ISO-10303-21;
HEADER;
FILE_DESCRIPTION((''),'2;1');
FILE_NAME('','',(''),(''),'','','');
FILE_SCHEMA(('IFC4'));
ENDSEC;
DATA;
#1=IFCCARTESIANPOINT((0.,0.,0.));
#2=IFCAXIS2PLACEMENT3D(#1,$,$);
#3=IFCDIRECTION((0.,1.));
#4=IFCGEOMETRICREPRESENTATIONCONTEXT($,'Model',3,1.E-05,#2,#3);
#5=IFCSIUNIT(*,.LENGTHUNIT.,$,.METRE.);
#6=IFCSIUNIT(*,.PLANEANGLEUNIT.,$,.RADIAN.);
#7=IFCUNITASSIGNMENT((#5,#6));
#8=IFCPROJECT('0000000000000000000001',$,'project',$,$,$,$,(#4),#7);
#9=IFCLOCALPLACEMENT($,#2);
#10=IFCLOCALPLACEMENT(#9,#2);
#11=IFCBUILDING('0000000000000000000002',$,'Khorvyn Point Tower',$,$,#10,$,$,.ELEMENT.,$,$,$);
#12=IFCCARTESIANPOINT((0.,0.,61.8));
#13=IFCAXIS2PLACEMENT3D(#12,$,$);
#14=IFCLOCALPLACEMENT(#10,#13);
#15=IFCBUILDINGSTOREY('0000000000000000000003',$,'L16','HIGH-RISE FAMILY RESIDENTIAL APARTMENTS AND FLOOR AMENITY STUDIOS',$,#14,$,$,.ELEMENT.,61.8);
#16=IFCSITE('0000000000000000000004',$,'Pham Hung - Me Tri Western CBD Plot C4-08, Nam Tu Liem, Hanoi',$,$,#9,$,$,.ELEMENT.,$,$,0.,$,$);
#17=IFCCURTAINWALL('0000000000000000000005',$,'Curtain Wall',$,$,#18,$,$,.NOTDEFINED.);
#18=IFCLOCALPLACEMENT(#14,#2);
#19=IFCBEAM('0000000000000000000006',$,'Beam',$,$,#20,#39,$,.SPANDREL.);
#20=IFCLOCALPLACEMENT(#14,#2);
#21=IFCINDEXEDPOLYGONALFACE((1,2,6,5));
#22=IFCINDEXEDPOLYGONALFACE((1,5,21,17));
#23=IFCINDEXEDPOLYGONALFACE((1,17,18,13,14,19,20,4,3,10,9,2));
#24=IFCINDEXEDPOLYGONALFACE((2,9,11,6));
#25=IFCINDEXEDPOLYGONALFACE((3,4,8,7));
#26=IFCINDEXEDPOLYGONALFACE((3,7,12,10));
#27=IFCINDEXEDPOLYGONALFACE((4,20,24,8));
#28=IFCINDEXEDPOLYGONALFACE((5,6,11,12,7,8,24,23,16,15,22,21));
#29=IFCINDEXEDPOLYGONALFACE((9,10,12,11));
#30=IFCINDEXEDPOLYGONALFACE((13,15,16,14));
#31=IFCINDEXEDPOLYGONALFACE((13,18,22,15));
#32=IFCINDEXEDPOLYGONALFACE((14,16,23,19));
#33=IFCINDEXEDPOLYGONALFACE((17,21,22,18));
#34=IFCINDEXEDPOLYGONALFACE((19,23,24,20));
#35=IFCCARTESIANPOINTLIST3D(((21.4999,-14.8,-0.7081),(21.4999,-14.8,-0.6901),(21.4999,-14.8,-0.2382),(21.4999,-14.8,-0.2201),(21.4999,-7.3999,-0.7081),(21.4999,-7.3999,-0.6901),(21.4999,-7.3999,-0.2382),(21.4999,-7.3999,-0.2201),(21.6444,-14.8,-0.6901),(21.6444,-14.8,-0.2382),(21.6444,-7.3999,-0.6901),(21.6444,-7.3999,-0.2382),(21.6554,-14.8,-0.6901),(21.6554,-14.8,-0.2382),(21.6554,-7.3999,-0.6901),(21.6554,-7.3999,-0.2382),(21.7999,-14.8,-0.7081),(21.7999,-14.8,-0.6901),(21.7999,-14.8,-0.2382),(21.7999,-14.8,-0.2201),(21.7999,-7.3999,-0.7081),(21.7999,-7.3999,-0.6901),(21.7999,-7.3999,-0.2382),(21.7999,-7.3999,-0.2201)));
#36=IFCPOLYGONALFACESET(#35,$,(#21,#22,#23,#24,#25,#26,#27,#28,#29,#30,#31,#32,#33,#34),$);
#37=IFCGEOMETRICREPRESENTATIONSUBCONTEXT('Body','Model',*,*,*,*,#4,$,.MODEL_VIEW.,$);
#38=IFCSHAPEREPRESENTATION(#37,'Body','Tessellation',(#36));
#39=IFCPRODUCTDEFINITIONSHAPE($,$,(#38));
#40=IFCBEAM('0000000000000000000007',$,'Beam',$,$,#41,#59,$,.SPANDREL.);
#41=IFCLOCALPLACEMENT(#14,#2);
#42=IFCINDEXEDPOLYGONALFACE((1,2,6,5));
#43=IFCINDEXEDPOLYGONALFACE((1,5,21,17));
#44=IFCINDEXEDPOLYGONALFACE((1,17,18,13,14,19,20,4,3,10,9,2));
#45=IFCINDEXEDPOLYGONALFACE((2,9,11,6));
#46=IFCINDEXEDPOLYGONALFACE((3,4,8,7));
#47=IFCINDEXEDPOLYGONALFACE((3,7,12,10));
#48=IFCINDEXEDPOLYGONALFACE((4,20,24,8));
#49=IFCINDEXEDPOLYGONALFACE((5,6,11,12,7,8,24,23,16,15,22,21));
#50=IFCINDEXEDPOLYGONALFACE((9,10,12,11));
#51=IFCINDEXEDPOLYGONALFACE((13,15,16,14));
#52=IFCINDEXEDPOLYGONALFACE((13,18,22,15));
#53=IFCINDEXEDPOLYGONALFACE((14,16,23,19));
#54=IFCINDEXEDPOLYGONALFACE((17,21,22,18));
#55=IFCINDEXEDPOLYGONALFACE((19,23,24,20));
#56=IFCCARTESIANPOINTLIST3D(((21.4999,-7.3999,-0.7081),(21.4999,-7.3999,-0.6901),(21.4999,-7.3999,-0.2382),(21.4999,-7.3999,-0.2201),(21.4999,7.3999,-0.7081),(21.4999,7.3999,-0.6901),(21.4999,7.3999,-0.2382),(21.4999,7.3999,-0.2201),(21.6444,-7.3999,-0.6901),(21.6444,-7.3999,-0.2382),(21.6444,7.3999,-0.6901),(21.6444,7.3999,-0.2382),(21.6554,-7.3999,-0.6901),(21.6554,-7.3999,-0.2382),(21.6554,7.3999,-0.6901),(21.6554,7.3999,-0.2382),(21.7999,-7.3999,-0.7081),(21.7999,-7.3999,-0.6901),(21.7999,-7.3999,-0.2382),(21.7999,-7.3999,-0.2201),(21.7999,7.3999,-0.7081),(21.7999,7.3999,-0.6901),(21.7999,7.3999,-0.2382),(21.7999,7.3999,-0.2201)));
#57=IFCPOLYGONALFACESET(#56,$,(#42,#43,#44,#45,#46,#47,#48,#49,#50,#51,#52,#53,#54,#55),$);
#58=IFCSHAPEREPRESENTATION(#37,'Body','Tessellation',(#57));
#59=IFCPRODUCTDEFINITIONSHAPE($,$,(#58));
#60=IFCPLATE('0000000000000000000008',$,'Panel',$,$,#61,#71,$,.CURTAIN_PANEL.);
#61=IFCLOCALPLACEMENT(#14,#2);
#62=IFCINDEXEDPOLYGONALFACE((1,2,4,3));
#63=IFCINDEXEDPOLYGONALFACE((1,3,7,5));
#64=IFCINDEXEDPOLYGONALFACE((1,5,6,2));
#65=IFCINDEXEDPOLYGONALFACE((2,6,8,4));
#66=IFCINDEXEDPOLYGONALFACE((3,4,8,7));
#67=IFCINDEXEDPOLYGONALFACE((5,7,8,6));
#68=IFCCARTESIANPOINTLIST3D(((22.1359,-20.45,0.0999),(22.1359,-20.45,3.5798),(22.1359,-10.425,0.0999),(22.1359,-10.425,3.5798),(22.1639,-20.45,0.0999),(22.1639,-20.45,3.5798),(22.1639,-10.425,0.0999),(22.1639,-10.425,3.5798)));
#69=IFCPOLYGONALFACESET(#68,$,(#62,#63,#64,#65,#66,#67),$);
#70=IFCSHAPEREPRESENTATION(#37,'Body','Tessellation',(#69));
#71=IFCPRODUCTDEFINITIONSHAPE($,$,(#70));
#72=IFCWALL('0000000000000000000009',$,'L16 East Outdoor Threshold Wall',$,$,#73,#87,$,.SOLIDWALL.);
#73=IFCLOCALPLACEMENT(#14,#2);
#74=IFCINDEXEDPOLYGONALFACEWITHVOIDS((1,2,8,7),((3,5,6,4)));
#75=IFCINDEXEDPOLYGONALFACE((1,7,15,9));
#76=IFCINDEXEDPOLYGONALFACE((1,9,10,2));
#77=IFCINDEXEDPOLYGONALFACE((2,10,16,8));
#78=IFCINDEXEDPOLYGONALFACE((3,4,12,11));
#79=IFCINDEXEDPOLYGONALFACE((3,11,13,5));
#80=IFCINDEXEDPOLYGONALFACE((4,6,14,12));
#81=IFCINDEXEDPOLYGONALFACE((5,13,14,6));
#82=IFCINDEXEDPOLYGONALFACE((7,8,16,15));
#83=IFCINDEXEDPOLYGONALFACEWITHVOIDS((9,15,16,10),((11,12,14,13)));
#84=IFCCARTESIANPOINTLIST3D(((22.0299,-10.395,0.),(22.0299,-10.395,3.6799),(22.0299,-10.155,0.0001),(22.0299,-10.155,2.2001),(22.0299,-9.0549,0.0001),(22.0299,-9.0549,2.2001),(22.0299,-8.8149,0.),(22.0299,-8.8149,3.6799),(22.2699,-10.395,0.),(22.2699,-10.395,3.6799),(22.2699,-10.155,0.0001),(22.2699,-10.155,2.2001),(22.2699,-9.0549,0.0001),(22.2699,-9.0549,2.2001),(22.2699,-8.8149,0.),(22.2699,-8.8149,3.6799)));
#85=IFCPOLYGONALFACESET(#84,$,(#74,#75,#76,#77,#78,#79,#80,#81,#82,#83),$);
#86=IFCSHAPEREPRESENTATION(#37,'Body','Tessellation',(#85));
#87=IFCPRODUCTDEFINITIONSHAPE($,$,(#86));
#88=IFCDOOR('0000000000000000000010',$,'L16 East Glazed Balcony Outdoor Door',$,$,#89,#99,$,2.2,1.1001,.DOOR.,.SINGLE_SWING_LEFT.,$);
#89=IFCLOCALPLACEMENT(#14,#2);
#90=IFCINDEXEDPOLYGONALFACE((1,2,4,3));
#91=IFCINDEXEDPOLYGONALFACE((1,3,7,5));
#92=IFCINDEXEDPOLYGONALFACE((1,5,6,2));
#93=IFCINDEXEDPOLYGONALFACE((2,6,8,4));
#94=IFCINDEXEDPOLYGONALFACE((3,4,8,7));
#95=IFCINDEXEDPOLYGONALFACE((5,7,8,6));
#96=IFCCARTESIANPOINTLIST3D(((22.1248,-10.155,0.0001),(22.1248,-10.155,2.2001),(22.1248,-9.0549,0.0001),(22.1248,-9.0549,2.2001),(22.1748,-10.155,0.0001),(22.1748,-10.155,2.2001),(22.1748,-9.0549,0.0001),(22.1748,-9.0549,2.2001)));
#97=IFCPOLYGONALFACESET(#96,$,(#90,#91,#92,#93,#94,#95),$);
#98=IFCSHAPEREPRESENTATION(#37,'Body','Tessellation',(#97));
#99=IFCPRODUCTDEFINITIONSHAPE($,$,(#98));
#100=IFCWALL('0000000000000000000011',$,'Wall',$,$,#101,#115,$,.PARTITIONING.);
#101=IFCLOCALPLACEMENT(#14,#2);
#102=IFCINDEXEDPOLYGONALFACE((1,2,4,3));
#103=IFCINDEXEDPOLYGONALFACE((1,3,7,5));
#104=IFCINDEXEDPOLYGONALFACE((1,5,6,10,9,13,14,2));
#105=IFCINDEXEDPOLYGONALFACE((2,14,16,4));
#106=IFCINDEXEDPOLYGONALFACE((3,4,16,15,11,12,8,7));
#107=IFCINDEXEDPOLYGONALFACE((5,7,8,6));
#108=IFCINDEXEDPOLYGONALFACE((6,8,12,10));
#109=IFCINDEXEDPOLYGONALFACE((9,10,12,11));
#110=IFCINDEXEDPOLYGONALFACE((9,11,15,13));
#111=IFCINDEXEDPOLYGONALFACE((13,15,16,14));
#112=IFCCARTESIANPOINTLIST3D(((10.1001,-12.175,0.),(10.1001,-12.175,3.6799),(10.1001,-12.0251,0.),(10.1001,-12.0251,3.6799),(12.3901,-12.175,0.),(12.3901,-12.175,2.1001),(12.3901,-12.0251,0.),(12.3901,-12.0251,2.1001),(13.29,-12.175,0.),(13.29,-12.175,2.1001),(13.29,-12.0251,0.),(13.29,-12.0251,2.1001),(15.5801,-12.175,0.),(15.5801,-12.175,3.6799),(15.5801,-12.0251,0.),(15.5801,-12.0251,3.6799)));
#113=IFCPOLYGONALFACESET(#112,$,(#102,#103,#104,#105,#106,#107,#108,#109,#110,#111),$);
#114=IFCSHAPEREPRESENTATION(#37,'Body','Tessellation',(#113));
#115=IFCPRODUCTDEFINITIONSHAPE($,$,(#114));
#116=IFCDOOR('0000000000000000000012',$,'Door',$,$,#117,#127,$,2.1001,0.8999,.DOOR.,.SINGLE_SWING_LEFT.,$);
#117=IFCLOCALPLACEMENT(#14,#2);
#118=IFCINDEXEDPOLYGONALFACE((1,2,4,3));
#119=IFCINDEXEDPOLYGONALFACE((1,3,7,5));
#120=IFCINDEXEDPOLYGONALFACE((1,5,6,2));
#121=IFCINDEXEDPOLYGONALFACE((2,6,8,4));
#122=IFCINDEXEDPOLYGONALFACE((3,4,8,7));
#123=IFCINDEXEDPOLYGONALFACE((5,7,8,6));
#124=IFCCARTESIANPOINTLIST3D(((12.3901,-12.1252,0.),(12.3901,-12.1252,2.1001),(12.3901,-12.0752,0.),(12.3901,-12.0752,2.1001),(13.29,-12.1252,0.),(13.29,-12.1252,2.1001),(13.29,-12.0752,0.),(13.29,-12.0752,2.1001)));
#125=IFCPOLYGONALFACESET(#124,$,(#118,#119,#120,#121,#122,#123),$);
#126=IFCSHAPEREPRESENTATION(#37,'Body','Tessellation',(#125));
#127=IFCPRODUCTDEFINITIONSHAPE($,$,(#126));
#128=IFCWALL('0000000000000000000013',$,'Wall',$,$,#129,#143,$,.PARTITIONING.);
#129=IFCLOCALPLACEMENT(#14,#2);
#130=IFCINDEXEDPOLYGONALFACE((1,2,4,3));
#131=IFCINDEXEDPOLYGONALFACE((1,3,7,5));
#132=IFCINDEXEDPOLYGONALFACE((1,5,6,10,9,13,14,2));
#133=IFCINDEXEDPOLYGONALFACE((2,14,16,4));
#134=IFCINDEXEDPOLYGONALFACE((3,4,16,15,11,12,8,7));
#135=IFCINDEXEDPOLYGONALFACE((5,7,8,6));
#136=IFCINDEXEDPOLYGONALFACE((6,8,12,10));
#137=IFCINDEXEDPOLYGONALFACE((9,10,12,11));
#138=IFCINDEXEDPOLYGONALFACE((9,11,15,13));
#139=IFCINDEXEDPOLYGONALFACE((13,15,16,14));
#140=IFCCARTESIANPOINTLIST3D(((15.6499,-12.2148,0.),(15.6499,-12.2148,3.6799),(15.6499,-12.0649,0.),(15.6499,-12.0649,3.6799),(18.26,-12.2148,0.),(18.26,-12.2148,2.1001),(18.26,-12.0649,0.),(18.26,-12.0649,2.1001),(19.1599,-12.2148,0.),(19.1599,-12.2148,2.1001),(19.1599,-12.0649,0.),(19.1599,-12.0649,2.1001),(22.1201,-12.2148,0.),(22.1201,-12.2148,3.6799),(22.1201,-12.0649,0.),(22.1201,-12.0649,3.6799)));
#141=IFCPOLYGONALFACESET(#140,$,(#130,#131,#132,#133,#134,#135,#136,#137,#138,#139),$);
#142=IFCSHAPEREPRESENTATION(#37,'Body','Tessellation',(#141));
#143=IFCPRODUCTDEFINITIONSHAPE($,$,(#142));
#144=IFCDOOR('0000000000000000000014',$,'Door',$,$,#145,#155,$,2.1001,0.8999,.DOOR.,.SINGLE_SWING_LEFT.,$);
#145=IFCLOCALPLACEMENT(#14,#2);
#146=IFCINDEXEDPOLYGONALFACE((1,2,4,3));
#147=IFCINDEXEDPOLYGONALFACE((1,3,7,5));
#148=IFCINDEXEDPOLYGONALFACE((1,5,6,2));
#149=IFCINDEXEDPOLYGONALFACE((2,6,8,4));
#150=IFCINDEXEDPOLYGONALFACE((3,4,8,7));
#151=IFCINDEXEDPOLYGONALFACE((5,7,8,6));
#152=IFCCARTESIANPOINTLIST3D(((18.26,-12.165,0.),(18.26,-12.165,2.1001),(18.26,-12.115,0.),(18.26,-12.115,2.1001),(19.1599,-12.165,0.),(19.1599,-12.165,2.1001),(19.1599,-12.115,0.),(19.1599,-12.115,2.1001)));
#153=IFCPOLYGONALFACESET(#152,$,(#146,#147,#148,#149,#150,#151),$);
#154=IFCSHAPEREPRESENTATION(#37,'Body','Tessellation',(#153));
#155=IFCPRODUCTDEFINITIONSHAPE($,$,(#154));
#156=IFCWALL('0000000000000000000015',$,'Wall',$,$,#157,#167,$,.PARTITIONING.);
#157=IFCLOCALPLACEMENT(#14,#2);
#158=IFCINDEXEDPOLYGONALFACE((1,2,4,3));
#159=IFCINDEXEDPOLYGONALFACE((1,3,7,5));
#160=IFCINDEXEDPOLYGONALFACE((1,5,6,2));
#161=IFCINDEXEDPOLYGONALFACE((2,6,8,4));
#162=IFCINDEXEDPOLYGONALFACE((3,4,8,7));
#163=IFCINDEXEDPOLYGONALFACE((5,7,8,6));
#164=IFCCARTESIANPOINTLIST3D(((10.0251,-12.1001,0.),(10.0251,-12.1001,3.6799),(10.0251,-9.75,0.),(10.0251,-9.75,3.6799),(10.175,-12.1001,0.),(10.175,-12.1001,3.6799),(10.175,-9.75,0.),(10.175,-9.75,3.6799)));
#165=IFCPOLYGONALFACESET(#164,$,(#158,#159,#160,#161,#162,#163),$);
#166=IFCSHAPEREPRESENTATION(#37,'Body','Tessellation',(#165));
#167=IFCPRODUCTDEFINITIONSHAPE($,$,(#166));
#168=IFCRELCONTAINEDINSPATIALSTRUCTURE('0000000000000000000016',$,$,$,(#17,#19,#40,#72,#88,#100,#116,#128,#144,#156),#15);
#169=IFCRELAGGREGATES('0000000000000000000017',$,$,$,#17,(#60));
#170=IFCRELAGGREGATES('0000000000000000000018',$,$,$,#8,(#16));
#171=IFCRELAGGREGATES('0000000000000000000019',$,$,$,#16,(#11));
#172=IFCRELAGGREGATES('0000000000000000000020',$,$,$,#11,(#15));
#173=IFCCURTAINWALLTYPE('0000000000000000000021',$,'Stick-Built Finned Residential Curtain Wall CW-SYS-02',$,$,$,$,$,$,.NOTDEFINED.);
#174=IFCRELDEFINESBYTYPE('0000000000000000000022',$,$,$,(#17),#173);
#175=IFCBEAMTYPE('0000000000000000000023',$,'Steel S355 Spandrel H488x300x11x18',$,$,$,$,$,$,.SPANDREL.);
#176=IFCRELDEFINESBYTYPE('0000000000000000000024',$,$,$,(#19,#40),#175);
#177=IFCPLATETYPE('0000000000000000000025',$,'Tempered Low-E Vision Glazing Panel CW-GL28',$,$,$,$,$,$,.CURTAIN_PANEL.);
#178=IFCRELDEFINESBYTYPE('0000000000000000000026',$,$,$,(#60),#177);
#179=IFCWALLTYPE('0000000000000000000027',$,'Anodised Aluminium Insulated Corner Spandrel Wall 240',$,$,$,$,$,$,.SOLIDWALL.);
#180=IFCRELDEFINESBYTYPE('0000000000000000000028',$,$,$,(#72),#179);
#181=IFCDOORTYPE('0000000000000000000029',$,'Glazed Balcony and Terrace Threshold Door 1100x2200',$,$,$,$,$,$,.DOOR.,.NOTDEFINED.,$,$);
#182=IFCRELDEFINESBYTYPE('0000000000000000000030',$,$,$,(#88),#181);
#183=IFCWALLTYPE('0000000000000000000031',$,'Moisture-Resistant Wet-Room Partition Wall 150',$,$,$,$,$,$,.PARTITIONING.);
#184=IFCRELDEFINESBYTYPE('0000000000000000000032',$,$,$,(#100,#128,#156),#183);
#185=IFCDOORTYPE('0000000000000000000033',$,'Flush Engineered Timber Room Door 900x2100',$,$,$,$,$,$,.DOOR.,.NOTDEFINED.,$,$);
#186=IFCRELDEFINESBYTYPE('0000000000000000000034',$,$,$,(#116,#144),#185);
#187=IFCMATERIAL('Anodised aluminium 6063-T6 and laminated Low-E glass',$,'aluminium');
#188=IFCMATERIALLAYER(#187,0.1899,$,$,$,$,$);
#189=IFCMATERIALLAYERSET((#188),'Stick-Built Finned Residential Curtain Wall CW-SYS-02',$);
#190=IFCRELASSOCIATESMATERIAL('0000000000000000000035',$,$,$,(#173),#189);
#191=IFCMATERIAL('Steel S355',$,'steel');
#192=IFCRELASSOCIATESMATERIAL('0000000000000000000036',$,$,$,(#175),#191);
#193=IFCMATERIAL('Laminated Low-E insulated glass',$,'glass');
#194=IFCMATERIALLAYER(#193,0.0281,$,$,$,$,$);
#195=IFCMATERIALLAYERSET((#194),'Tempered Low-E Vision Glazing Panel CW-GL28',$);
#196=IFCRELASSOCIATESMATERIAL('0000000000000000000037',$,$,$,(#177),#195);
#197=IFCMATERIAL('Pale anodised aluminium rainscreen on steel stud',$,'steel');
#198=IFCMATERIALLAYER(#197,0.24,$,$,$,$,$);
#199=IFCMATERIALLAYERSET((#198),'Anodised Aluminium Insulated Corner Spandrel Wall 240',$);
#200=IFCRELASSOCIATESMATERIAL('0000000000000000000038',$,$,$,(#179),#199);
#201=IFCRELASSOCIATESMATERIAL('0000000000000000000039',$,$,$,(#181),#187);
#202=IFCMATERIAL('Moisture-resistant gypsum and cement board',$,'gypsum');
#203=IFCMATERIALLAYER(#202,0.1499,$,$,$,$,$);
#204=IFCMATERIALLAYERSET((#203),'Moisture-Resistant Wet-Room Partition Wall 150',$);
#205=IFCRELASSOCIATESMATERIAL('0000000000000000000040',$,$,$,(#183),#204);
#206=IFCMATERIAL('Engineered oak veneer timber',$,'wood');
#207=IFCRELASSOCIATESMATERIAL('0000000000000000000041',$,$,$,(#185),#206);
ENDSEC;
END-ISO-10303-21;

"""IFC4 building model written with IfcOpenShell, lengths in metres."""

from ifc_helpers import new_model, si_unit, direction, frame, frame_2d, origin, origin_2d, place, context, subcontext, project, spatial, rectangle, i_section, extrude, material, layer, layer_set, material_profile, profile_set, type_object, element, fill, aggregate, save


model = new_model("IFC4")

# Units and contexts
model_context = context("Model", 3, precision=1e-05, world=origin(), true_north=direction((0.0, 1.0)))
body_context = subcontext(model_context, "Body", "Model", "MODEL_VIEW")
ifc_project = project(units=[si_unit("LENGTHUNIT", "METRE"), si_unit("PLANEANGLEUNIT", "RADIAN")], contexts=[model_context])

# Site, building, storey
site_placement = place(None, origin())
site = spatial("IfcSite", under=ifc_project, at=site_placement, Name="Pham Hung - Me Tri Western CBD Plot C4-08, Nam Tu Liem, Hanoi", CompositionType="ELEMENT", RefElevation=0.0)
building_placement = place(site_placement, origin())
building = spatial("IfcBuilding", under=site, at=building_placement, Name="Khorvyn Point Tower", CompositionType="ELEMENT")
storey_placement = place(building_placement, frame((0.0, 0.0, 61.8)))
storey = spatial("IfcBuildingStorey", under=building, at=storey_placement, Name="L16", Description="HIGH-RISE FAMILY RESIDENTIAL APARTMENTS AND FLOOR AMENITY STUDIOS", CompositionType="ELEMENT", Elevation=61.8)

# Shared definitions
ifc_material_1 = material(Name="Anodised aluminium 6063-T6 and laminated Low-E glass", Category="aluminium")
ifc_layer_1 = layer(ifc_material_1, 0.1899)
ifc_layer_set_1 = layer_set([ifc_layer_1], Name="Stick-Built Finned Residential Curtain Wall CW-SYS-02")
curtain_wall_type = type_object("IfcCurtainWallType", Name="Stick-Built Finned Residential Curtain Wall CW-SYS-02", PredefinedType="NOTDEFINED", material=ifc_layer_set_1)

# Curtain wall
curtain_wall_1_placement = place(storey_placement, origin())
curtain_wall_1 = element("IfcCurtainWall", 1, at=curtain_wall_1_placement, inside=storey, type_object=curtain_wall_type, Name="Curtain Wall", PredefinedType="NOTDEFINED")

# Beams
ifc_material_2 = material(Name="Steel S355", Category="steel")
ifc_material_profile_1 = material_profile(ifc_material_2, i_section(OverallWidth=0.3, OverallDepth=0.488, WebThickness=0.011, FlangeThickness=0.0181, at=origin_2d()))
ifc_profile_set_1 = profile_set([ifc_material_profile_1], Name="Steel S355 H488x300x11x18")
beam_type_1 = type_object("IfcBeamType", Name="Steel S355 Spandrel H488x300x11x18", PredefinedType="SPANDREL", material=ifc_profile_set_1)
beam_1_placement = place(storey_placement, frame((21.6499, -14.8, -0.4641), z_axis=(0.0, 1.0, 0.0), x_axis=(-1.0, 0.0, 0.0)))
element("IfcBeam", 2, at=beam_1_placement, inside=storey, type_object=beam_type_1, Name="Beam", PredefinedType="SPANDREL", context=body_context, shape_type="SweptSolid", body=[
    extrude(i_section(OverallWidth=0.3, OverallDepth=0.488, WebThickness=0.011, FlangeThickness=0.0181, at=origin_2d()), origin(), (0.0, 0.0, 1.0), 7.4001),
])
beam_2_placement = place(storey_placement, frame((21.6499, -7.3999, -0.4641), z_axis=(0.0, 1.0, 0.0), x_axis=(-1.0, 0.0, 0.0)))
element("IfcBeam", 3, at=beam_2_placement, inside=storey, type_object=beam_type_1, Name="Beam", PredefinedType="SPANDREL", context=body_context, shape_type="SweptSolid", body=[
    extrude(i_section(OverallWidth=0.3, OverallDepth=0.488, WebThickness=0.011, FlangeThickness=0.0181, at=origin_2d()), origin(), (0.0, 0.0, 1.0), 14.7998),
])

# Plate
ifc_material_3 = material(Name="Laminated Low-E insulated glass", Category="glass")
ifc_layer_2 = layer(ifc_material_3, 0.0281)
ifc_layer_set_2 = layer_set([ifc_layer_2], Name="Tempered Low-E Vision Glazing Panel CW-GL28")
plate_type = type_object("IfcPlateType", Name="Tempered Low-E Vision Glazing Panel CW-GL28", PredefinedType="CURTAIN_PANEL", material=ifc_layer_set_2)
plate_placement = place(storey_placement, frame((22.1499, -15.4375, 0.0999), z_axis=(0.0, 0.0, 1.0), x_axis=(0.0, -1.0, 0.0)))
plate = element("IfcPlate", 4, at=plate_placement, type_object=plate_type, Name="Panel", PredefinedType="CURTAIN_PANEL", context=body_context, shape_type="SweptSolid", body=[
    extrude(rectangle(XDim=10.0249, YDim=0.0281, at=origin_2d()), origin(), (0.0, 0.0, 1.0), 3.48),
])
aggregate(curtain_wall_1, [plate])

# Walls, openings, doors
ifc_material_4 = material(Name="Pale anodised aluminium rainscreen on steel stud", Category="steel")
ifc_layer_3 = layer(ifc_material_4, 0.24)
ifc_layer_set_3 = layer_set([ifc_layer_3], Name="Anodised Aluminium Insulated Corner Spandrel Wall 240")
wall_type_1 = type_object("IfcWallType", Name="Anodised Aluminium Insulated Corner Spandrel Wall 240", PredefinedType="SOLIDWALL", material=ifc_layer_set_3)
wall_1_placement = place(storey_placement, frame((22.1499, -8.8149, 0.0), z_axis=(0.0, 0.0, 1.0), x_axis=(0.0, -1.0, 0.0)))
wall_1 = element("IfcWall", 5, at=wall_1_placement, inside=storey, type_object=wall_type_1, Name="L16 East Outdoor Threshold Wall", PredefinedType="SOLIDWALL", context=body_context, shape_type="SweptSolid", body=[
    extrude(rectangle(XDim=1.5801, YDim=0.24, at=frame_2d((0.79, 0.0))), origin(), (0.0, 0.0, 1.0), 3.6799),
])
opening_1_placement = place(wall_1_placement, frame((0.24, 0.0, 0.0)))
opening_1 = element("IfcOpeningElement", 6, at=opening_1_placement, cuts=wall_1, PredefinedType="OPENING", context=body_context, shape_type="SweptSolid", body=[
    extrude(rectangle(XDim=1.1001, YDim=2.2, at=frame_2d((0.55, 1.1001))), frame((0.0, 0.1299, 0.0), z_axis=(0.0, -1.0, 0.0), x_axis=(1.0, 0.0, 0.0)), (0.0, 0.0, 1.0), 0.26),
])
door_type_1 = type_object("IfcDoorType", Name="Glazed Balcony and Terrace Threshold Door 1100x2200", OperationType="NOTDEFINED", PredefinedType="DOOR", material=ifc_material_1)
door_1_placement = place(opening_1_placement, origin())
door_1 = element("IfcDoor", 7, at=door_1_placement, inside=storey, type_object=door_type_1, Name="L16 East Glazed Balcony Outdoor Door", OperationType="SINGLE_SWING_LEFT", OverallHeight=2.2, OverallWidth=1.1001, PredefinedType="DOOR", context=body_context, shape_type="SweptSolid", body=[
    extrude(rectangle(XDim=1.1001, YDim=2.2, at=frame_2d((0.55, 1.1001))), frame((0.0, 0.0249, 0.0), z_axis=(0.0, -1.0, 0.0), x_axis=(1.0, 0.0, 0.0)), (0.0, 0.0, 1.0), 0.05),
])
fill(opening_1, door_1)
ifc_material_5 = material(Name="Moisture-resistant gypsum and cement board", Category="gypsum")
ifc_layer_4 = layer(ifc_material_5, 0.1499)
ifc_layer_set_4 = layer_set([ifc_layer_4], Name="Moisture-Resistant Wet-Room Partition Wall 150")
wall_type_2 = type_object("IfcWallType", Name="Moisture-Resistant Wet-Room Partition Wall 150", PredefinedType="PARTITIONING", material=ifc_layer_set_4)
wall_2_placement = place(storey_placement, frame((10.1001, -12.1001, 0.0), z_axis=(0.0, 0.0, 1.0), x_axis=(1.0, 0.0, 0.0)))
wall_2 = element("IfcWall", 8, at=wall_2_placement, inside=storey, type_object=wall_type_2, Name="Wall", PredefinedType="PARTITIONING", context=body_context, shape_type="SweptSolid", body=[
    extrude(rectangle(XDim=5.48, YDim=0.1499, at=frame_2d((2.74, 0.0))), origin(), (0.0, 0.0, 1.0), 3.6799),
])
opening_2_placement = place(wall_2_placement, frame((2.29, 0.0, 0.0)))
opening_2 = element("IfcOpeningElement", 9, at=opening_2_placement, cuts=wall_2, PredefinedType="OPENING", context=body_context, shape_type="SweptSolid", body=[
    extrude(rectangle(XDim=0.8999, YDim=2.1001, at=frame_2d((0.45, 1.05))), frame((0.0, 0.085, 0.0), z_axis=(0.0, -1.0, 0.0), x_axis=(1.0, 0.0, 0.0)), (0.0, 0.0, 1.0), 0.1699),
])
ifc_material_6 = material(Name="Engineered oak veneer timber", Category="wood")
door_type_2 = type_object("IfcDoorType", Name="Flush Engineered Timber Room Door 900x2100", OperationType="NOTDEFINED", PredefinedType="DOOR", material=ifc_material_6)
door_2_placement = place(opening_2_placement, origin())
door_2 = element("IfcDoor", 10, at=door_2_placement, inside=storey, type_object=door_type_2, Name="Door", OperationType="SINGLE_SWING_LEFT", OverallHeight=2.1001, OverallWidth=0.8999, PredefinedType="DOOR", context=body_context, shape_type="SweptSolid", body=[
    extrude(rectangle(XDim=0.8999, YDim=2.1001, at=frame_2d((0.45, 1.05))), frame((0.0, 0.0249, 0.0), z_axis=(0.0, -1.0, 0.0), x_axis=(1.0, 0.0, 0.0)), (0.0, 0.0, 1.0), 0.05),
])
fill(opening_2, door_2)
wall_3_placement = place(storey_placement, frame((15.6499, -12.1399, 0.0), z_axis=(0.0, 0.0, 1.0), x_axis=(1.0, 0.0, 0.0)))
wall_3 = element("IfcWall", 11, at=wall_3_placement, inside=storey, type_object=wall_type_2, Name="Wall", PredefinedType="PARTITIONING", context=body_context, shape_type="SweptSolid", body=[
    extrude(rectangle(XDim=6.4702, YDim=0.1499, at=frame_2d((3.2351, 0.0))), origin(), (0.0, 0.0, 1.0), 3.6799),
])
opening_3_placement = place(wall_3_placement, frame((2.6101, 0.0, 0.0)))
opening_3 = element("IfcOpeningElement", 12, at=opening_3_placement, cuts=wall_3, PredefinedType="OPENING", context=body_context, shape_type="SweptSolid", body=[
    extrude(rectangle(XDim=0.8999, YDim=2.1001, at=frame_2d((0.45, 1.05))), frame((0.0, 0.085, 0.0), z_axis=(0.0, -1.0, 0.0), x_axis=(1.0, 0.0, 0.0)), (0.0, 0.0, 1.0), 0.1699),
])
door_3_placement = place(opening_3_placement, origin())
door_3 = element("IfcDoor", 13, at=door_3_placement, inside=storey, type_object=door_type_2, Name="Door", OperationType="SINGLE_SWING_LEFT", OverallHeight=2.1001, OverallWidth=0.8999, PredefinedType="DOOR", context=body_context, shape_type="SweptSolid", body=[
    extrude(rectangle(XDim=0.8999, YDim=2.1001, at=frame_2d((0.45, 1.05))), frame((0.0, 0.0249, 0.0), z_axis=(0.0, -1.0, 0.0), x_axis=(1.0, 0.0, 0.0)), (0.0, 0.0, 1.0), 0.05),
])
fill(opening_3, door_3)

# Wall
wall_4_placement = place(storey_placement, frame((10.1001, -12.1001, 0.0), z_axis=(0.0, 0.0, 1.0), x_axis=(0.0, 1.0, 0.0)))
element("IfcWall", 14, at=wall_4_placement, inside=storey, type_object=wall_type_2, Name="Wall", PredefinedType="PARTITIONING", context=body_context, shape_type="SweptSolid", body=[
    extrude(rectangle(XDim=2.3501, YDim=0.1499, at=frame_2d((1.175, 0.0))), origin(), (0.0, 0.0, 1.0), 3.6799),
])

save(model, "model.ifc")
